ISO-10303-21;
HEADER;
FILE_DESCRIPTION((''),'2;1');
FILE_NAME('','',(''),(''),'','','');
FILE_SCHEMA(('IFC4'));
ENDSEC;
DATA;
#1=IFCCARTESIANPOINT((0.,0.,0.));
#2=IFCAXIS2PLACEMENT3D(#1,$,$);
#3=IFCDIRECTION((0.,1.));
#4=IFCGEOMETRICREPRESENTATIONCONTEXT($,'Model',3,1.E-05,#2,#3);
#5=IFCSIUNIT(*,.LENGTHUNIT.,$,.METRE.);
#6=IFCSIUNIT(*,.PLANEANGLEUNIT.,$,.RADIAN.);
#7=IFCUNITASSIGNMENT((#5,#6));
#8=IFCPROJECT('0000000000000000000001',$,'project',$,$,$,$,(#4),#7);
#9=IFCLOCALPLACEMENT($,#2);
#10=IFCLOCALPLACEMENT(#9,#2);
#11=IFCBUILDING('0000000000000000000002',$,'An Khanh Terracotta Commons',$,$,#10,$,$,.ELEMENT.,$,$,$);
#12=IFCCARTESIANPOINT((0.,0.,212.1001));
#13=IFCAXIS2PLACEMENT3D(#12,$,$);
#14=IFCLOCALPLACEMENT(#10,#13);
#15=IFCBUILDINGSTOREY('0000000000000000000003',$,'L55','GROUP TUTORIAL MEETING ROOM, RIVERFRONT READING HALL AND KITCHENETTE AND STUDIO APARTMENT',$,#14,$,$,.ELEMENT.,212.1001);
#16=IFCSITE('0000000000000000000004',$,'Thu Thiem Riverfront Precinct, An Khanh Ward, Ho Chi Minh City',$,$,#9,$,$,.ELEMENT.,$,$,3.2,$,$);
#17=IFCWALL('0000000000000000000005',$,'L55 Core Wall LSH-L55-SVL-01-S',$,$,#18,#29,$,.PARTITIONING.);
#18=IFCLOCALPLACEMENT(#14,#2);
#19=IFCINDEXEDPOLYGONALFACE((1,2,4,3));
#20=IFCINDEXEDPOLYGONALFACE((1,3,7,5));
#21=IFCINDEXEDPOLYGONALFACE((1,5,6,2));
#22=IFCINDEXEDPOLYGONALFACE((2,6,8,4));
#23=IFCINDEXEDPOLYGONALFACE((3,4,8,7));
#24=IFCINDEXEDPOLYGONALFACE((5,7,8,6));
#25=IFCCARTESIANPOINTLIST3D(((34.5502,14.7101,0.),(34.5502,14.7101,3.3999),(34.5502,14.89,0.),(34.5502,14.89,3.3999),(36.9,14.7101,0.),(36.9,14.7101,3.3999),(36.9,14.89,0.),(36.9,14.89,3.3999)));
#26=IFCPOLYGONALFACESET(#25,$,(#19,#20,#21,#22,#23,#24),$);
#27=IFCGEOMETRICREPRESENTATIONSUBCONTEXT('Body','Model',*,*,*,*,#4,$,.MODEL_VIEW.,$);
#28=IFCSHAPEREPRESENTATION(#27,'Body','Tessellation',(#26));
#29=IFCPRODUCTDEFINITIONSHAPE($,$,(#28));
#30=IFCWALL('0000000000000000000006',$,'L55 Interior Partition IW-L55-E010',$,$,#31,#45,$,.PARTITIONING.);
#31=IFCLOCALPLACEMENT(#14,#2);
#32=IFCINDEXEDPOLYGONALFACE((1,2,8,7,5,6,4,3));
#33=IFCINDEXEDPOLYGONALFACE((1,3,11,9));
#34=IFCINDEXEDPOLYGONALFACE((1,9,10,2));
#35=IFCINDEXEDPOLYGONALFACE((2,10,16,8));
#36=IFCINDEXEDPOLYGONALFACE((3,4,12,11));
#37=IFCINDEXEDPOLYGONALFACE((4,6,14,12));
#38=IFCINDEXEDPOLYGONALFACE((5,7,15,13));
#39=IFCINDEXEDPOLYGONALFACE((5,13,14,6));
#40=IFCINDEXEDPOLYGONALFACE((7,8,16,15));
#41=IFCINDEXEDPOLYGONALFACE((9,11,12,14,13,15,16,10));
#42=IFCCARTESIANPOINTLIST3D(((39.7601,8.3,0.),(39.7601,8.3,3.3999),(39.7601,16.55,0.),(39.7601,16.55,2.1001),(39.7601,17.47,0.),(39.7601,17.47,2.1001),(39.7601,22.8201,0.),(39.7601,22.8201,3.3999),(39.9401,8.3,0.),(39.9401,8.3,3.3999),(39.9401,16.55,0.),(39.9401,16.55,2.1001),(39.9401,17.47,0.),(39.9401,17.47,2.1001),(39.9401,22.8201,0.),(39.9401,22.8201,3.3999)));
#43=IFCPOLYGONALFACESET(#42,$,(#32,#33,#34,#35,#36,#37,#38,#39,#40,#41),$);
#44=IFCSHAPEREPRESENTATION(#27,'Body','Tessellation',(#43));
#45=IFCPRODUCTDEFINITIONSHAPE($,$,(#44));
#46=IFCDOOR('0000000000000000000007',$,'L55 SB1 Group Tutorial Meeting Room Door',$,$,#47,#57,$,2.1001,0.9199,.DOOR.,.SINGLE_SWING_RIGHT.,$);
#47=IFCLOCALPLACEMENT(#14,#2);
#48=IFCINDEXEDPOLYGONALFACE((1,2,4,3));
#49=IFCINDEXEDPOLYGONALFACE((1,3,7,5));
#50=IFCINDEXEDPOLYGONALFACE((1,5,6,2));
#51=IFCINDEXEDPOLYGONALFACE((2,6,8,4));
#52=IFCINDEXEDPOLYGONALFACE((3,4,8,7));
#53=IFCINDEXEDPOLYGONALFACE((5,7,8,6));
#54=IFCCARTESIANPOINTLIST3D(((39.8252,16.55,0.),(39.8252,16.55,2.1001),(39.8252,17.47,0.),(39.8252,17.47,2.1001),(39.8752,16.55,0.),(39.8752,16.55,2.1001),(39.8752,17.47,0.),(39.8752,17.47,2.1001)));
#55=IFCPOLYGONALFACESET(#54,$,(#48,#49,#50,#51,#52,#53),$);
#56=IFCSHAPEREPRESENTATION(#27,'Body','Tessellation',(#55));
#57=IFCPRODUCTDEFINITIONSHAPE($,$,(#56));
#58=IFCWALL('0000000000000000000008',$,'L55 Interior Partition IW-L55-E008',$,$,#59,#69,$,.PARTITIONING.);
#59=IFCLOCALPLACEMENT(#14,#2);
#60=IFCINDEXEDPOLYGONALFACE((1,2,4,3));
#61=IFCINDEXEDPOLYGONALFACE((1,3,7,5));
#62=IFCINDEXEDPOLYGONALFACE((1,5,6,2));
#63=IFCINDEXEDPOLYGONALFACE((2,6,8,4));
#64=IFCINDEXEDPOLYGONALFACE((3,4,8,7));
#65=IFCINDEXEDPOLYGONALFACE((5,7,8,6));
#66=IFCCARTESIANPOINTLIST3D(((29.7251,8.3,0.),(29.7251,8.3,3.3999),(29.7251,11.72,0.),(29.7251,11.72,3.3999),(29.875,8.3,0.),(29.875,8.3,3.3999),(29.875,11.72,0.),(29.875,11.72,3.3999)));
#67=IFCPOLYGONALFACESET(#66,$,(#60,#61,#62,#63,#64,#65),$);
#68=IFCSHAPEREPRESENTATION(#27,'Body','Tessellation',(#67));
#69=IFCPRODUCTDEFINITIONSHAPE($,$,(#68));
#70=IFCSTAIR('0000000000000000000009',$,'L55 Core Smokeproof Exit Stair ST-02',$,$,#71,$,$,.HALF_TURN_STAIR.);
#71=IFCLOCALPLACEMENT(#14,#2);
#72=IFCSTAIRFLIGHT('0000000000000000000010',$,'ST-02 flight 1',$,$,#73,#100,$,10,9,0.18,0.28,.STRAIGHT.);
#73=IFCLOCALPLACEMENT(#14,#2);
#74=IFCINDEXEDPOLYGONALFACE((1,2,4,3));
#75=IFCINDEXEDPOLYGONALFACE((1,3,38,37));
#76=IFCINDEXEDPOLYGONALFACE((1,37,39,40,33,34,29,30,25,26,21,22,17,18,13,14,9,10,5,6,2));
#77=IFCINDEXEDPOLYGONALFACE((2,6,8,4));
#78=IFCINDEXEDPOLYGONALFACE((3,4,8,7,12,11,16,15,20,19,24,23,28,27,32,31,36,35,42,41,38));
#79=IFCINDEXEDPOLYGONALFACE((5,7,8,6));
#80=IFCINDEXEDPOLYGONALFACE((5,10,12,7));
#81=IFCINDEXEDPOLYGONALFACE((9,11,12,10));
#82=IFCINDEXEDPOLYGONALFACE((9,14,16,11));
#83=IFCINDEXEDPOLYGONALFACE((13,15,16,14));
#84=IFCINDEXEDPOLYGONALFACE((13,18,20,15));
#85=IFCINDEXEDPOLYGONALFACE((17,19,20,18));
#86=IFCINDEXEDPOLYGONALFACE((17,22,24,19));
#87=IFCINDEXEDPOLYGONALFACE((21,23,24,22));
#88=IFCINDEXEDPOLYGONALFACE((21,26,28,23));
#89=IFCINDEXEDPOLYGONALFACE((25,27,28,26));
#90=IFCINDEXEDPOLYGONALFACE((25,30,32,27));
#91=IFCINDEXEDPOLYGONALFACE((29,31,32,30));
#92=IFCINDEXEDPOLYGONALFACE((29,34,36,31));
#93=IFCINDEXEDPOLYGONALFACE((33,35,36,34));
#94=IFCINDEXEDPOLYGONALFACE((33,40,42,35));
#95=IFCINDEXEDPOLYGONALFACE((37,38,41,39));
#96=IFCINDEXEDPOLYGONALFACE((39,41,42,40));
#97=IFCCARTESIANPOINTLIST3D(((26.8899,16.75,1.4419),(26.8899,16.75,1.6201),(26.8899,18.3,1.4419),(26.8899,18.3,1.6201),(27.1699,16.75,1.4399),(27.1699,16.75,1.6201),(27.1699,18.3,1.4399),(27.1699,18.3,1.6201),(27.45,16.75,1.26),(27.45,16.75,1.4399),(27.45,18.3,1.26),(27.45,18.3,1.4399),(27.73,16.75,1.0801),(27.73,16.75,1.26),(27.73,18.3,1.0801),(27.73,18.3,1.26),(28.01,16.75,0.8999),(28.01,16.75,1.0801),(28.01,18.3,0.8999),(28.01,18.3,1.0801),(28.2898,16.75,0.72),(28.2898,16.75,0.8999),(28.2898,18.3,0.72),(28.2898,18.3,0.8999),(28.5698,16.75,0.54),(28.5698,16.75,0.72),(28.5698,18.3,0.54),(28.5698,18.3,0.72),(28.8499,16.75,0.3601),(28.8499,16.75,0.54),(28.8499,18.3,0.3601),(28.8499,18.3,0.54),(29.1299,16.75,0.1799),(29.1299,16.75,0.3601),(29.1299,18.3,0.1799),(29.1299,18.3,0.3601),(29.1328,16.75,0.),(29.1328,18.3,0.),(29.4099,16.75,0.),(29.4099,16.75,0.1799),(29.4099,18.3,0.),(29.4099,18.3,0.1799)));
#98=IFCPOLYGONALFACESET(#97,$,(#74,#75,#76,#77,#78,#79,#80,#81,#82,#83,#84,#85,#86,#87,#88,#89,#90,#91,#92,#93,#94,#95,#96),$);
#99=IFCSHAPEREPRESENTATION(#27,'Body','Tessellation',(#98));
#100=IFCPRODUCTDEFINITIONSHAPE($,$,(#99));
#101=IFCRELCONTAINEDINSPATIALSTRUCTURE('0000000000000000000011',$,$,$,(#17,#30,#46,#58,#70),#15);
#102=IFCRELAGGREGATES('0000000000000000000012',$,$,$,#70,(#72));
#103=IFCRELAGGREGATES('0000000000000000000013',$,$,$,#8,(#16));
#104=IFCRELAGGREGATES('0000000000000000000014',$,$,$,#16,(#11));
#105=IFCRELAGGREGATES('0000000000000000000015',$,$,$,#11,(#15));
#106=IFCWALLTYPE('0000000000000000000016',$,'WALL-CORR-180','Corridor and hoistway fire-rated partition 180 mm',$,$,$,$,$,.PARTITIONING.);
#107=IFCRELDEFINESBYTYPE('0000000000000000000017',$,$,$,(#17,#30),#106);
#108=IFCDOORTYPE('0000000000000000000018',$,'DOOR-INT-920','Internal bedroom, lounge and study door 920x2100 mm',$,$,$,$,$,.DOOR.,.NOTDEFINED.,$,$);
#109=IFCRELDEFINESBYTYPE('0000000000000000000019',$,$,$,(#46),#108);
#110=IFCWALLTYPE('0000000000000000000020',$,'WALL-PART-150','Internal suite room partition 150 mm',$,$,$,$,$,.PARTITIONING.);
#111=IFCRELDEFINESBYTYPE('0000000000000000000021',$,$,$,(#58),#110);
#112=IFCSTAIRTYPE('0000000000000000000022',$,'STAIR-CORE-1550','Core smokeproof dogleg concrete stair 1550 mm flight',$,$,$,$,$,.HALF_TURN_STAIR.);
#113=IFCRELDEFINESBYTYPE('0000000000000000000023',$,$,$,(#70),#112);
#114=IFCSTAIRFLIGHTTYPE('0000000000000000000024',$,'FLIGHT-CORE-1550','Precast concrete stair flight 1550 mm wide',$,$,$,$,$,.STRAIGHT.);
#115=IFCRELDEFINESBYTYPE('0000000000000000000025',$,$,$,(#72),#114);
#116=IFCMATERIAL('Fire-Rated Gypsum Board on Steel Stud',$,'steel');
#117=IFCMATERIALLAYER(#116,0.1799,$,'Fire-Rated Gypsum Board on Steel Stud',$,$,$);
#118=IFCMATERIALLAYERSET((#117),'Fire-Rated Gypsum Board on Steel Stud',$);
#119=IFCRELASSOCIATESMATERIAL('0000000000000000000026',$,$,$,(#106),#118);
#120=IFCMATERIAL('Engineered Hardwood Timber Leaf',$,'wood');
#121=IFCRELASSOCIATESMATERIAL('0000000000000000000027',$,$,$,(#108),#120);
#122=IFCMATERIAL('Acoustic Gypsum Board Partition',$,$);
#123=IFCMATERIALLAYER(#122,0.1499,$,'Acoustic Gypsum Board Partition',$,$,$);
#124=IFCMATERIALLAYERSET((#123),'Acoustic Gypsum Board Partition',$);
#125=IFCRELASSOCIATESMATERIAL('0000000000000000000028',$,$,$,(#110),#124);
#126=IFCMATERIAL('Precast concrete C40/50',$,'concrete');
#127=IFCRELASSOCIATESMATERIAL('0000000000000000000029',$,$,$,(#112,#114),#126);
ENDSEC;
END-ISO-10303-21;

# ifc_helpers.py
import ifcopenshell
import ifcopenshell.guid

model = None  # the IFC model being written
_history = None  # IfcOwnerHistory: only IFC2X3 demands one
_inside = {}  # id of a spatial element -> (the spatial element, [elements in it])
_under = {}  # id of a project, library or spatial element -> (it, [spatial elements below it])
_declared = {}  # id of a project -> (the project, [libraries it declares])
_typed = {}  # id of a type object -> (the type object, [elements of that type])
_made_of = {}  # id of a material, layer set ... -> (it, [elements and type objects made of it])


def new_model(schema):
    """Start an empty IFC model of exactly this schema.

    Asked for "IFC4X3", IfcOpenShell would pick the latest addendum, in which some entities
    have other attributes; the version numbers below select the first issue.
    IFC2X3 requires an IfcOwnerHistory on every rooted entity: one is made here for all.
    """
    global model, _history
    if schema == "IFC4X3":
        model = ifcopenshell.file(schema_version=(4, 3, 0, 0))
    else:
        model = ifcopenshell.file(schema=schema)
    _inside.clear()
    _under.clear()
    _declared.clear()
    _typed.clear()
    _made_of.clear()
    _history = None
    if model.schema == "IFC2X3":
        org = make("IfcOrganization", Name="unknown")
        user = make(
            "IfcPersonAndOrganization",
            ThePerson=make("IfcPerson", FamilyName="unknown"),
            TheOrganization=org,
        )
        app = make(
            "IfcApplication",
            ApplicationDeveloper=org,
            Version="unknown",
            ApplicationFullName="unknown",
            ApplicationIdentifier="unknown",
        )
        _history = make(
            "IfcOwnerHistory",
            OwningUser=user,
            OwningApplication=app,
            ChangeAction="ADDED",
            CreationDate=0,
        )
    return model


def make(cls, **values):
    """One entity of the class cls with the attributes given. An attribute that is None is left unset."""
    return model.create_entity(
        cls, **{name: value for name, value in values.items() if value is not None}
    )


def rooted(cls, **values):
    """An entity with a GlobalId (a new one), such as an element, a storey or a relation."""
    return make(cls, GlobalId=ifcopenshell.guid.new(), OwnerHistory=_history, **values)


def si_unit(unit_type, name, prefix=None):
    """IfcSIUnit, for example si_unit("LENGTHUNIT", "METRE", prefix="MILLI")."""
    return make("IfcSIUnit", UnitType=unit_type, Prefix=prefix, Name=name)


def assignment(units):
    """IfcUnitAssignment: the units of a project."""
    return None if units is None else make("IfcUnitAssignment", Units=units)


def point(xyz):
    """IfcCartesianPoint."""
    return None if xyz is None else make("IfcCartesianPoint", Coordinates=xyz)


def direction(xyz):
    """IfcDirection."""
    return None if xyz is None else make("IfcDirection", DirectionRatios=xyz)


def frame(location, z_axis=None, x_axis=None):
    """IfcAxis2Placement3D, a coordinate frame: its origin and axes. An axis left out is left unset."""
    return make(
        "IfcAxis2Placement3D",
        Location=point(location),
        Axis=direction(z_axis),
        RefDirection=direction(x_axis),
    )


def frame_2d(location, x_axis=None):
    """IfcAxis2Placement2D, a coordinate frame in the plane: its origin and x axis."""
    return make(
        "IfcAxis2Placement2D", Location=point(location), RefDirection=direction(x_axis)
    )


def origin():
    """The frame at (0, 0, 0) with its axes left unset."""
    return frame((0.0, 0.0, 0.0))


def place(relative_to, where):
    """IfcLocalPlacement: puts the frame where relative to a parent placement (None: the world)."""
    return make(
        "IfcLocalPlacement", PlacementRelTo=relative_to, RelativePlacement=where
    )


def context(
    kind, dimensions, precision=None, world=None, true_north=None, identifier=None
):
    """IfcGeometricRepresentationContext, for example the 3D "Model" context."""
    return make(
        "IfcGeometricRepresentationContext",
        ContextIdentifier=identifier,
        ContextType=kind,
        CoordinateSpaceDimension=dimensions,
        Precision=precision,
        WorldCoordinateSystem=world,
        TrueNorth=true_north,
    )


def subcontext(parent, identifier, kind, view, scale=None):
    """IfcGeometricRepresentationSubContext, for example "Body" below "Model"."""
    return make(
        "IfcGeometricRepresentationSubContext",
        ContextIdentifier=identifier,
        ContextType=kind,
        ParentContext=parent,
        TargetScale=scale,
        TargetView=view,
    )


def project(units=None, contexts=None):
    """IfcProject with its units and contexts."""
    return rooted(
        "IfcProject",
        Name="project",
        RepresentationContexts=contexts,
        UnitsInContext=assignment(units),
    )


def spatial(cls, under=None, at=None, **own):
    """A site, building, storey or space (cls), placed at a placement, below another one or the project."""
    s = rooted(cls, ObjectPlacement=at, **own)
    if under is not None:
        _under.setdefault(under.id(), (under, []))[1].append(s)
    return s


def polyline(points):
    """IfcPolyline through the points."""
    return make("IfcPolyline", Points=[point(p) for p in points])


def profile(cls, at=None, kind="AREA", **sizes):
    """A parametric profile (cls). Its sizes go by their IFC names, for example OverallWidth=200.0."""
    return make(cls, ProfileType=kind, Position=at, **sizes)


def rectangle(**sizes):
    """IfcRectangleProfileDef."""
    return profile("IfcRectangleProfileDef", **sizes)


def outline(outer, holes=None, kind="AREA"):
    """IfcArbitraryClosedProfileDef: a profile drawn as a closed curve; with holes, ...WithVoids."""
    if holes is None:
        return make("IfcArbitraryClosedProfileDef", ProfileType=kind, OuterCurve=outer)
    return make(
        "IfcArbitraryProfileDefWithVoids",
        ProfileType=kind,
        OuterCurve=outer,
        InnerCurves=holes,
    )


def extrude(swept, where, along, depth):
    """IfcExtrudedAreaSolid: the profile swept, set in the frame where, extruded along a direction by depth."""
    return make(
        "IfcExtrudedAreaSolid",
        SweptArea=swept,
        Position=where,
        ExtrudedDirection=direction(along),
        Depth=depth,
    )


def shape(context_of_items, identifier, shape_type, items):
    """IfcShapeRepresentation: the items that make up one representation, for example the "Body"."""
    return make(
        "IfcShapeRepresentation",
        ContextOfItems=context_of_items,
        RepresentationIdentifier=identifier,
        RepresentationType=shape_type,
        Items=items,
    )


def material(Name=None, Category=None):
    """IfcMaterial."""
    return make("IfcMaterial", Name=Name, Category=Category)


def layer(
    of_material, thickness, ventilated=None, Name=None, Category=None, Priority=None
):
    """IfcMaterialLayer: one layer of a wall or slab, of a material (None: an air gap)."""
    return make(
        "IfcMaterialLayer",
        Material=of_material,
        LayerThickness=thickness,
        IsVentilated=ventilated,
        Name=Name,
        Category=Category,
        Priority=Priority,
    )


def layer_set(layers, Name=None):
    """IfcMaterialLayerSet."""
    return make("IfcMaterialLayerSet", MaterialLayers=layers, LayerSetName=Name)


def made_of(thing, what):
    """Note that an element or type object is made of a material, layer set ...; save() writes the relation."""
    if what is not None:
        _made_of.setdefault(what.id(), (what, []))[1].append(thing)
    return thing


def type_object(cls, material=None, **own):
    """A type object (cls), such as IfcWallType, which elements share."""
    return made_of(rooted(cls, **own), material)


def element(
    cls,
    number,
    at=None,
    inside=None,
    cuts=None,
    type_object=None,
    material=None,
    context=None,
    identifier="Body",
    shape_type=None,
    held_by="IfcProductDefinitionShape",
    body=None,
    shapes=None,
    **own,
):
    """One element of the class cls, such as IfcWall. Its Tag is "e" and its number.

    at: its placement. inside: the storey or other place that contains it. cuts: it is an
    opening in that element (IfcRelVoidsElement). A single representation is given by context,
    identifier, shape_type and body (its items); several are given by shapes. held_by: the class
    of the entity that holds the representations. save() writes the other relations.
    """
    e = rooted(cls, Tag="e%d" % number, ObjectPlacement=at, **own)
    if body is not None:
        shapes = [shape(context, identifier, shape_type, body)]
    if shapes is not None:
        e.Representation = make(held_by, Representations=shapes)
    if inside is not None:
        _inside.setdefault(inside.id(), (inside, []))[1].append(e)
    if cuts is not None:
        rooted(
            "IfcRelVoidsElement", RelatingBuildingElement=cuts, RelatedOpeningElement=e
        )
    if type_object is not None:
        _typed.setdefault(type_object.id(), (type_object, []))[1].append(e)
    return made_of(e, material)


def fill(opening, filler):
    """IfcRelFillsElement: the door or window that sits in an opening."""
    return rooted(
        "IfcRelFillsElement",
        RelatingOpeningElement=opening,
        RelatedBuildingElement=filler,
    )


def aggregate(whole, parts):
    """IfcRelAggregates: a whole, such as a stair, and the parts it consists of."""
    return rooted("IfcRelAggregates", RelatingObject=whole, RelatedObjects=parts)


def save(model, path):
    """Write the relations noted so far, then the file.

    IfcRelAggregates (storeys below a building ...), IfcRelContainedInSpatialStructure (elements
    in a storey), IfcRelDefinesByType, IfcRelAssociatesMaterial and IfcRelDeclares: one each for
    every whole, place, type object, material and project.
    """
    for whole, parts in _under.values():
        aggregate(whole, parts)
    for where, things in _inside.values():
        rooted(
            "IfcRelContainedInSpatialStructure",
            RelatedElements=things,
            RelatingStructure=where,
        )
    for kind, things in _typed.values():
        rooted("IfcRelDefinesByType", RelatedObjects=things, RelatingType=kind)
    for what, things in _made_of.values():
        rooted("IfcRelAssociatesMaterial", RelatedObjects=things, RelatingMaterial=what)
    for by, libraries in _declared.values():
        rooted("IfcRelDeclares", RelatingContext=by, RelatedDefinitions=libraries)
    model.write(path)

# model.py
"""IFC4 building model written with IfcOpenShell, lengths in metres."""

from ifc_helpers import new_model, si_unit, direction, frame, frame_2d, origin, place, context, subcontext, project, spatial, polyline, rectangle, outline, extrude, material, layer, layer_set, type_object, element, fill, aggregate, save


model = new_model("IFC4")

# Units and contexts
model_context = context("Model", 3, precision=1e-05, world=origin(), true_north=direction((0.0, 1.0)))
body_context = subcontext(model_context, "Body", "Model", "MODEL_VIEW")
ifc_project = project(units=[si_unit("LENGTHUNIT", "METRE"), si_unit("PLANEANGLEUNIT", "RADIAN")], contexts=[model_context])

# Site, building, storey
site_placement = place(None, origin())
site = spatial("IfcSite", under=ifc_project, at=site_placement, Name="Thu Thiem Riverfront Precinct, An Khanh Ward, Ho Chi Minh City", CompositionType="ELEMENT", RefElevation=3.2)
building_placement = place(site_placement, origin())
building = spatial("IfcBuilding", under=site, at=building_placement, Name="An Khanh Terracotta Commons", CompositionType="ELEMENT")
storey_placement = place(building_placement, frame((0.0, 0.0, 212.1001)))
storey = spatial("IfcBuildingStorey", under=building, at=storey_placement, Name="L55", Description="GROUP TUTORIAL MEETING ROOM, RIVERFRONT READING HALL AND KITCHENETTE AND STUDIO APARTMENT", CompositionType="ELEMENT", Elevation=212.1001)

# Wall
ifc_material_1 = material(Name="Fire-Rated Gypsum Board on Steel Stud", Category="steel")
ifc_layer_1 = layer(ifc_material_1, 0.1799, Name="Fire-Rated Gypsum Board on Steel Stud")
ifc_layer_set_1 = layer_set([ifc_layer_1], Name="Fire-Rated Gypsum Board on Steel Stud")
wall_type_1 = type_object("IfcWallType", Name="WALL-CORR-180", Description="Corridor and hoistway fire-rated partition 180 mm", PredefinedType="PARTITIONING", material=ifc_layer_set_1)
wall_1_placement = place(storey_placement, frame((36.8999, 14.8, 0.0), z_axis=(0.0, 0.0, 1.0), x_axis=(-1.0, 0.0, 0.0)))
element("IfcWall", 1, at=wall_1_placement, inside=storey, type_object=wall_type_1, Name="L55 Core Wall LSH-L55-SVL-01-S", PredefinedType="PARTITIONING", context=body_context, shape_type="SweptSolid", body=[
    extrude(rectangle(XDim=2.3499, YDim=0.1799, at=frame_2d((1.1748, 0.0))), origin(), (0.0, 0.0, 1.0), 3.3999),
])

# Wall, opening, door
wall_2_placement = place(storey_placement, frame((39.8501, 8.3, 0.0), z_axis=(0.0, 0.0, 1.0), x_axis=(0.0, 1.0, 0.0)))
wall_2 = element("IfcWall", 2, at=wall_2_placement, inside=storey, type_object=wall_type_1, Name="L55 Interior Partition IW-L55-E010", PredefinedType="PARTITIONING", context=body_context, shape_type="SweptSolid", body=[
    extrude(rectangle(XDim=14.52, YDim=0.1799, at=frame_2d((7.26, 0.0))), origin(), (0.0, 0.0, 1.0), 3.3999),
])
opening_1_placement = place(wall_2_placement, frame((8.25, 0.0, 0.0)))
opening_1 = element("IfcOpeningElement", 3, at=opening_1_placement, cuts=wall_2, PredefinedType="OPENING", context=body_context, shape_type="SweptSolid", body=[
    extrude(rectangle(XDim=0.9199, YDim=2.1001, at=frame_2d((0.46, 1.05))), frame((0.0, 0.0999, 0.0), z_axis=(0.0, -1.0, 0.0), x_axis=(1.0, 0.0, 0.0)), (0.0, 0.0, 1.0), 0.2),
])
ifc_material_2 = material(Name="Engineered Hardwood Timber Leaf", Category="wood")
door_type_1 = type_object("IfcDoorType", Name="DOOR-INT-920", Description="Internal bedroom, lounge and study door 920x2100 mm", OperationType="NOTDEFINED", PredefinedType="DOOR", material=ifc_material_2)
door_1_placement = place(opening_1_placement, origin())
door_1 = element("IfcDoor", 4, at=door_1_placement, inside=storey, type_object=door_type_1, Name="L55 SB1 Group Tutorial Meeting Room Door", OperationType="SINGLE_SWING_RIGHT", OverallHeight=2.1001, OverallWidth=0.9199, PredefinedType="DOOR", context=body_context, shape_type="SweptSolid", body=[
    extrude(rectangle(XDim=0.9199, YDim=2.1001, at=frame_2d((0.46, 1.05))), frame((0.0, 0.0249, 0.0), z_axis=(0.0, -1.0, 0.0), x_axis=(1.0, 0.0, 0.0)), (0.0, 0.0, 1.0), 0.05),
])
fill(opening_1, door_1)

# Wall
ifc_material_3 = material(Name="Acoustic Gypsum Board Partition")
ifc_layer_2 = layer(ifc_material_3, 0.1499, Name="Acoustic Gypsum Board Partition")
ifc_layer_set_2 = layer_set([ifc_layer_2], Name="Acoustic Gypsum Board Partition")
wall_type_2 = type_object("IfcWallType", Name="WALL-PART-150", Description="Internal suite room partition 150 mm", PredefinedType="PARTITIONING", material=ifc_layer_set_2)
wall_3_placement = place(storey_placement, frame((29.8, 8.3, 0.0), z_axis=(0.0, 0.0, 1.0), x_axis=(0.0, 1.0, 0.0)))
element("IfcWall", 5, at=wall_3_placement, inside=storey, type_object=wall_type_2, Name="L55 Interior Partition IW-L55-E008", PredefinedType="PARTITIONING", context=body_context, shape_type="SweptSolid", body=[
    extrude(rectangle(XDim=3.4199, YDim=0.1499, at=frame_2d((1.71, 0.0))), origin(), (0.0, 0.0, 1.0), 3.3999),
])

# Stair, stair flight
ifc_material_4 = material(Name="Precast concrete C40/50", Category="concrete")
stair_type = type_object("IfcStairType", Name="STAIR-CORE-1550", Description="Core smokeproof dogleg concrete stair 1550 mm flight", PredefinedType="HALF_TURN_STAIR", material=ifc_material_4)
stair_placement = place(storey_placement, origin())
stair = element("IfcStair", 6, at=stair_placement, inside=storey, type_object=stair_type, Name="L55 Core Smokeproof Exit Stair ST-02", PredefinedType="HALF_TURN_STAIR")
stair_flight_type = type_object("IfcStairFlightType", Name="FLIGHT-CORE-1550", Description="Precast concrete stair flight 1550 mm wide", PredefinedType="STRAIGHT", material=ifc_material_4)
stair_flight_placement = place(storey_placement, frame((29.4099, 17.5249, 0.0), z_axis=(0.0, 0.0, 1.0), x_axis=(-1.0, 0.0, 0.0)))
stair_flight = element("IfcStairFlight", 7, at=stair_flight_placement, type_object=stair_flight_type, Name="ST-02 flight 1", NumberOfRisers=10, NumberOfTreads=9, PredefinedType="STRAIGHT", RiserHeight=0.18, TreadLength=0.28, context=body_context, shape_type="SweptSolid", body=[
    extrude(outline(polyline([(0.0, 0.0), (0.0, 0.1799), (0.28, 0.1799), (0.28, 0.3601), (0.5601, 0.3601), (0.5601, 0.54), (0.8401, 0.54), (0.8401, 0.72), (1.1201, 0.72), (1.1201, 0.8999), (1.3999, 0.8999), (1.3999, 1.0801), (1.6799, 1.0801), (1.6799, 1.26), (1.96, 1.26), (1.96, 1.4399), (2.24, 1.4399), (2.24, 1.6201), (2.52, 1.6201), (2.52, 1.8), (2.52, 1.4419), (0.2771, 0.0), (0.0, 0.0)])), frame((0.0, 0.7749, 0.0), z_axis=(0.0, -1.0, 0.0), x_axis=(1.0, 0.0, 0.0)), (0.0, 0.0, 1.0), 1.55),
])
aggregate(stair, [stair_flight])

save(model, "model.ifc")
